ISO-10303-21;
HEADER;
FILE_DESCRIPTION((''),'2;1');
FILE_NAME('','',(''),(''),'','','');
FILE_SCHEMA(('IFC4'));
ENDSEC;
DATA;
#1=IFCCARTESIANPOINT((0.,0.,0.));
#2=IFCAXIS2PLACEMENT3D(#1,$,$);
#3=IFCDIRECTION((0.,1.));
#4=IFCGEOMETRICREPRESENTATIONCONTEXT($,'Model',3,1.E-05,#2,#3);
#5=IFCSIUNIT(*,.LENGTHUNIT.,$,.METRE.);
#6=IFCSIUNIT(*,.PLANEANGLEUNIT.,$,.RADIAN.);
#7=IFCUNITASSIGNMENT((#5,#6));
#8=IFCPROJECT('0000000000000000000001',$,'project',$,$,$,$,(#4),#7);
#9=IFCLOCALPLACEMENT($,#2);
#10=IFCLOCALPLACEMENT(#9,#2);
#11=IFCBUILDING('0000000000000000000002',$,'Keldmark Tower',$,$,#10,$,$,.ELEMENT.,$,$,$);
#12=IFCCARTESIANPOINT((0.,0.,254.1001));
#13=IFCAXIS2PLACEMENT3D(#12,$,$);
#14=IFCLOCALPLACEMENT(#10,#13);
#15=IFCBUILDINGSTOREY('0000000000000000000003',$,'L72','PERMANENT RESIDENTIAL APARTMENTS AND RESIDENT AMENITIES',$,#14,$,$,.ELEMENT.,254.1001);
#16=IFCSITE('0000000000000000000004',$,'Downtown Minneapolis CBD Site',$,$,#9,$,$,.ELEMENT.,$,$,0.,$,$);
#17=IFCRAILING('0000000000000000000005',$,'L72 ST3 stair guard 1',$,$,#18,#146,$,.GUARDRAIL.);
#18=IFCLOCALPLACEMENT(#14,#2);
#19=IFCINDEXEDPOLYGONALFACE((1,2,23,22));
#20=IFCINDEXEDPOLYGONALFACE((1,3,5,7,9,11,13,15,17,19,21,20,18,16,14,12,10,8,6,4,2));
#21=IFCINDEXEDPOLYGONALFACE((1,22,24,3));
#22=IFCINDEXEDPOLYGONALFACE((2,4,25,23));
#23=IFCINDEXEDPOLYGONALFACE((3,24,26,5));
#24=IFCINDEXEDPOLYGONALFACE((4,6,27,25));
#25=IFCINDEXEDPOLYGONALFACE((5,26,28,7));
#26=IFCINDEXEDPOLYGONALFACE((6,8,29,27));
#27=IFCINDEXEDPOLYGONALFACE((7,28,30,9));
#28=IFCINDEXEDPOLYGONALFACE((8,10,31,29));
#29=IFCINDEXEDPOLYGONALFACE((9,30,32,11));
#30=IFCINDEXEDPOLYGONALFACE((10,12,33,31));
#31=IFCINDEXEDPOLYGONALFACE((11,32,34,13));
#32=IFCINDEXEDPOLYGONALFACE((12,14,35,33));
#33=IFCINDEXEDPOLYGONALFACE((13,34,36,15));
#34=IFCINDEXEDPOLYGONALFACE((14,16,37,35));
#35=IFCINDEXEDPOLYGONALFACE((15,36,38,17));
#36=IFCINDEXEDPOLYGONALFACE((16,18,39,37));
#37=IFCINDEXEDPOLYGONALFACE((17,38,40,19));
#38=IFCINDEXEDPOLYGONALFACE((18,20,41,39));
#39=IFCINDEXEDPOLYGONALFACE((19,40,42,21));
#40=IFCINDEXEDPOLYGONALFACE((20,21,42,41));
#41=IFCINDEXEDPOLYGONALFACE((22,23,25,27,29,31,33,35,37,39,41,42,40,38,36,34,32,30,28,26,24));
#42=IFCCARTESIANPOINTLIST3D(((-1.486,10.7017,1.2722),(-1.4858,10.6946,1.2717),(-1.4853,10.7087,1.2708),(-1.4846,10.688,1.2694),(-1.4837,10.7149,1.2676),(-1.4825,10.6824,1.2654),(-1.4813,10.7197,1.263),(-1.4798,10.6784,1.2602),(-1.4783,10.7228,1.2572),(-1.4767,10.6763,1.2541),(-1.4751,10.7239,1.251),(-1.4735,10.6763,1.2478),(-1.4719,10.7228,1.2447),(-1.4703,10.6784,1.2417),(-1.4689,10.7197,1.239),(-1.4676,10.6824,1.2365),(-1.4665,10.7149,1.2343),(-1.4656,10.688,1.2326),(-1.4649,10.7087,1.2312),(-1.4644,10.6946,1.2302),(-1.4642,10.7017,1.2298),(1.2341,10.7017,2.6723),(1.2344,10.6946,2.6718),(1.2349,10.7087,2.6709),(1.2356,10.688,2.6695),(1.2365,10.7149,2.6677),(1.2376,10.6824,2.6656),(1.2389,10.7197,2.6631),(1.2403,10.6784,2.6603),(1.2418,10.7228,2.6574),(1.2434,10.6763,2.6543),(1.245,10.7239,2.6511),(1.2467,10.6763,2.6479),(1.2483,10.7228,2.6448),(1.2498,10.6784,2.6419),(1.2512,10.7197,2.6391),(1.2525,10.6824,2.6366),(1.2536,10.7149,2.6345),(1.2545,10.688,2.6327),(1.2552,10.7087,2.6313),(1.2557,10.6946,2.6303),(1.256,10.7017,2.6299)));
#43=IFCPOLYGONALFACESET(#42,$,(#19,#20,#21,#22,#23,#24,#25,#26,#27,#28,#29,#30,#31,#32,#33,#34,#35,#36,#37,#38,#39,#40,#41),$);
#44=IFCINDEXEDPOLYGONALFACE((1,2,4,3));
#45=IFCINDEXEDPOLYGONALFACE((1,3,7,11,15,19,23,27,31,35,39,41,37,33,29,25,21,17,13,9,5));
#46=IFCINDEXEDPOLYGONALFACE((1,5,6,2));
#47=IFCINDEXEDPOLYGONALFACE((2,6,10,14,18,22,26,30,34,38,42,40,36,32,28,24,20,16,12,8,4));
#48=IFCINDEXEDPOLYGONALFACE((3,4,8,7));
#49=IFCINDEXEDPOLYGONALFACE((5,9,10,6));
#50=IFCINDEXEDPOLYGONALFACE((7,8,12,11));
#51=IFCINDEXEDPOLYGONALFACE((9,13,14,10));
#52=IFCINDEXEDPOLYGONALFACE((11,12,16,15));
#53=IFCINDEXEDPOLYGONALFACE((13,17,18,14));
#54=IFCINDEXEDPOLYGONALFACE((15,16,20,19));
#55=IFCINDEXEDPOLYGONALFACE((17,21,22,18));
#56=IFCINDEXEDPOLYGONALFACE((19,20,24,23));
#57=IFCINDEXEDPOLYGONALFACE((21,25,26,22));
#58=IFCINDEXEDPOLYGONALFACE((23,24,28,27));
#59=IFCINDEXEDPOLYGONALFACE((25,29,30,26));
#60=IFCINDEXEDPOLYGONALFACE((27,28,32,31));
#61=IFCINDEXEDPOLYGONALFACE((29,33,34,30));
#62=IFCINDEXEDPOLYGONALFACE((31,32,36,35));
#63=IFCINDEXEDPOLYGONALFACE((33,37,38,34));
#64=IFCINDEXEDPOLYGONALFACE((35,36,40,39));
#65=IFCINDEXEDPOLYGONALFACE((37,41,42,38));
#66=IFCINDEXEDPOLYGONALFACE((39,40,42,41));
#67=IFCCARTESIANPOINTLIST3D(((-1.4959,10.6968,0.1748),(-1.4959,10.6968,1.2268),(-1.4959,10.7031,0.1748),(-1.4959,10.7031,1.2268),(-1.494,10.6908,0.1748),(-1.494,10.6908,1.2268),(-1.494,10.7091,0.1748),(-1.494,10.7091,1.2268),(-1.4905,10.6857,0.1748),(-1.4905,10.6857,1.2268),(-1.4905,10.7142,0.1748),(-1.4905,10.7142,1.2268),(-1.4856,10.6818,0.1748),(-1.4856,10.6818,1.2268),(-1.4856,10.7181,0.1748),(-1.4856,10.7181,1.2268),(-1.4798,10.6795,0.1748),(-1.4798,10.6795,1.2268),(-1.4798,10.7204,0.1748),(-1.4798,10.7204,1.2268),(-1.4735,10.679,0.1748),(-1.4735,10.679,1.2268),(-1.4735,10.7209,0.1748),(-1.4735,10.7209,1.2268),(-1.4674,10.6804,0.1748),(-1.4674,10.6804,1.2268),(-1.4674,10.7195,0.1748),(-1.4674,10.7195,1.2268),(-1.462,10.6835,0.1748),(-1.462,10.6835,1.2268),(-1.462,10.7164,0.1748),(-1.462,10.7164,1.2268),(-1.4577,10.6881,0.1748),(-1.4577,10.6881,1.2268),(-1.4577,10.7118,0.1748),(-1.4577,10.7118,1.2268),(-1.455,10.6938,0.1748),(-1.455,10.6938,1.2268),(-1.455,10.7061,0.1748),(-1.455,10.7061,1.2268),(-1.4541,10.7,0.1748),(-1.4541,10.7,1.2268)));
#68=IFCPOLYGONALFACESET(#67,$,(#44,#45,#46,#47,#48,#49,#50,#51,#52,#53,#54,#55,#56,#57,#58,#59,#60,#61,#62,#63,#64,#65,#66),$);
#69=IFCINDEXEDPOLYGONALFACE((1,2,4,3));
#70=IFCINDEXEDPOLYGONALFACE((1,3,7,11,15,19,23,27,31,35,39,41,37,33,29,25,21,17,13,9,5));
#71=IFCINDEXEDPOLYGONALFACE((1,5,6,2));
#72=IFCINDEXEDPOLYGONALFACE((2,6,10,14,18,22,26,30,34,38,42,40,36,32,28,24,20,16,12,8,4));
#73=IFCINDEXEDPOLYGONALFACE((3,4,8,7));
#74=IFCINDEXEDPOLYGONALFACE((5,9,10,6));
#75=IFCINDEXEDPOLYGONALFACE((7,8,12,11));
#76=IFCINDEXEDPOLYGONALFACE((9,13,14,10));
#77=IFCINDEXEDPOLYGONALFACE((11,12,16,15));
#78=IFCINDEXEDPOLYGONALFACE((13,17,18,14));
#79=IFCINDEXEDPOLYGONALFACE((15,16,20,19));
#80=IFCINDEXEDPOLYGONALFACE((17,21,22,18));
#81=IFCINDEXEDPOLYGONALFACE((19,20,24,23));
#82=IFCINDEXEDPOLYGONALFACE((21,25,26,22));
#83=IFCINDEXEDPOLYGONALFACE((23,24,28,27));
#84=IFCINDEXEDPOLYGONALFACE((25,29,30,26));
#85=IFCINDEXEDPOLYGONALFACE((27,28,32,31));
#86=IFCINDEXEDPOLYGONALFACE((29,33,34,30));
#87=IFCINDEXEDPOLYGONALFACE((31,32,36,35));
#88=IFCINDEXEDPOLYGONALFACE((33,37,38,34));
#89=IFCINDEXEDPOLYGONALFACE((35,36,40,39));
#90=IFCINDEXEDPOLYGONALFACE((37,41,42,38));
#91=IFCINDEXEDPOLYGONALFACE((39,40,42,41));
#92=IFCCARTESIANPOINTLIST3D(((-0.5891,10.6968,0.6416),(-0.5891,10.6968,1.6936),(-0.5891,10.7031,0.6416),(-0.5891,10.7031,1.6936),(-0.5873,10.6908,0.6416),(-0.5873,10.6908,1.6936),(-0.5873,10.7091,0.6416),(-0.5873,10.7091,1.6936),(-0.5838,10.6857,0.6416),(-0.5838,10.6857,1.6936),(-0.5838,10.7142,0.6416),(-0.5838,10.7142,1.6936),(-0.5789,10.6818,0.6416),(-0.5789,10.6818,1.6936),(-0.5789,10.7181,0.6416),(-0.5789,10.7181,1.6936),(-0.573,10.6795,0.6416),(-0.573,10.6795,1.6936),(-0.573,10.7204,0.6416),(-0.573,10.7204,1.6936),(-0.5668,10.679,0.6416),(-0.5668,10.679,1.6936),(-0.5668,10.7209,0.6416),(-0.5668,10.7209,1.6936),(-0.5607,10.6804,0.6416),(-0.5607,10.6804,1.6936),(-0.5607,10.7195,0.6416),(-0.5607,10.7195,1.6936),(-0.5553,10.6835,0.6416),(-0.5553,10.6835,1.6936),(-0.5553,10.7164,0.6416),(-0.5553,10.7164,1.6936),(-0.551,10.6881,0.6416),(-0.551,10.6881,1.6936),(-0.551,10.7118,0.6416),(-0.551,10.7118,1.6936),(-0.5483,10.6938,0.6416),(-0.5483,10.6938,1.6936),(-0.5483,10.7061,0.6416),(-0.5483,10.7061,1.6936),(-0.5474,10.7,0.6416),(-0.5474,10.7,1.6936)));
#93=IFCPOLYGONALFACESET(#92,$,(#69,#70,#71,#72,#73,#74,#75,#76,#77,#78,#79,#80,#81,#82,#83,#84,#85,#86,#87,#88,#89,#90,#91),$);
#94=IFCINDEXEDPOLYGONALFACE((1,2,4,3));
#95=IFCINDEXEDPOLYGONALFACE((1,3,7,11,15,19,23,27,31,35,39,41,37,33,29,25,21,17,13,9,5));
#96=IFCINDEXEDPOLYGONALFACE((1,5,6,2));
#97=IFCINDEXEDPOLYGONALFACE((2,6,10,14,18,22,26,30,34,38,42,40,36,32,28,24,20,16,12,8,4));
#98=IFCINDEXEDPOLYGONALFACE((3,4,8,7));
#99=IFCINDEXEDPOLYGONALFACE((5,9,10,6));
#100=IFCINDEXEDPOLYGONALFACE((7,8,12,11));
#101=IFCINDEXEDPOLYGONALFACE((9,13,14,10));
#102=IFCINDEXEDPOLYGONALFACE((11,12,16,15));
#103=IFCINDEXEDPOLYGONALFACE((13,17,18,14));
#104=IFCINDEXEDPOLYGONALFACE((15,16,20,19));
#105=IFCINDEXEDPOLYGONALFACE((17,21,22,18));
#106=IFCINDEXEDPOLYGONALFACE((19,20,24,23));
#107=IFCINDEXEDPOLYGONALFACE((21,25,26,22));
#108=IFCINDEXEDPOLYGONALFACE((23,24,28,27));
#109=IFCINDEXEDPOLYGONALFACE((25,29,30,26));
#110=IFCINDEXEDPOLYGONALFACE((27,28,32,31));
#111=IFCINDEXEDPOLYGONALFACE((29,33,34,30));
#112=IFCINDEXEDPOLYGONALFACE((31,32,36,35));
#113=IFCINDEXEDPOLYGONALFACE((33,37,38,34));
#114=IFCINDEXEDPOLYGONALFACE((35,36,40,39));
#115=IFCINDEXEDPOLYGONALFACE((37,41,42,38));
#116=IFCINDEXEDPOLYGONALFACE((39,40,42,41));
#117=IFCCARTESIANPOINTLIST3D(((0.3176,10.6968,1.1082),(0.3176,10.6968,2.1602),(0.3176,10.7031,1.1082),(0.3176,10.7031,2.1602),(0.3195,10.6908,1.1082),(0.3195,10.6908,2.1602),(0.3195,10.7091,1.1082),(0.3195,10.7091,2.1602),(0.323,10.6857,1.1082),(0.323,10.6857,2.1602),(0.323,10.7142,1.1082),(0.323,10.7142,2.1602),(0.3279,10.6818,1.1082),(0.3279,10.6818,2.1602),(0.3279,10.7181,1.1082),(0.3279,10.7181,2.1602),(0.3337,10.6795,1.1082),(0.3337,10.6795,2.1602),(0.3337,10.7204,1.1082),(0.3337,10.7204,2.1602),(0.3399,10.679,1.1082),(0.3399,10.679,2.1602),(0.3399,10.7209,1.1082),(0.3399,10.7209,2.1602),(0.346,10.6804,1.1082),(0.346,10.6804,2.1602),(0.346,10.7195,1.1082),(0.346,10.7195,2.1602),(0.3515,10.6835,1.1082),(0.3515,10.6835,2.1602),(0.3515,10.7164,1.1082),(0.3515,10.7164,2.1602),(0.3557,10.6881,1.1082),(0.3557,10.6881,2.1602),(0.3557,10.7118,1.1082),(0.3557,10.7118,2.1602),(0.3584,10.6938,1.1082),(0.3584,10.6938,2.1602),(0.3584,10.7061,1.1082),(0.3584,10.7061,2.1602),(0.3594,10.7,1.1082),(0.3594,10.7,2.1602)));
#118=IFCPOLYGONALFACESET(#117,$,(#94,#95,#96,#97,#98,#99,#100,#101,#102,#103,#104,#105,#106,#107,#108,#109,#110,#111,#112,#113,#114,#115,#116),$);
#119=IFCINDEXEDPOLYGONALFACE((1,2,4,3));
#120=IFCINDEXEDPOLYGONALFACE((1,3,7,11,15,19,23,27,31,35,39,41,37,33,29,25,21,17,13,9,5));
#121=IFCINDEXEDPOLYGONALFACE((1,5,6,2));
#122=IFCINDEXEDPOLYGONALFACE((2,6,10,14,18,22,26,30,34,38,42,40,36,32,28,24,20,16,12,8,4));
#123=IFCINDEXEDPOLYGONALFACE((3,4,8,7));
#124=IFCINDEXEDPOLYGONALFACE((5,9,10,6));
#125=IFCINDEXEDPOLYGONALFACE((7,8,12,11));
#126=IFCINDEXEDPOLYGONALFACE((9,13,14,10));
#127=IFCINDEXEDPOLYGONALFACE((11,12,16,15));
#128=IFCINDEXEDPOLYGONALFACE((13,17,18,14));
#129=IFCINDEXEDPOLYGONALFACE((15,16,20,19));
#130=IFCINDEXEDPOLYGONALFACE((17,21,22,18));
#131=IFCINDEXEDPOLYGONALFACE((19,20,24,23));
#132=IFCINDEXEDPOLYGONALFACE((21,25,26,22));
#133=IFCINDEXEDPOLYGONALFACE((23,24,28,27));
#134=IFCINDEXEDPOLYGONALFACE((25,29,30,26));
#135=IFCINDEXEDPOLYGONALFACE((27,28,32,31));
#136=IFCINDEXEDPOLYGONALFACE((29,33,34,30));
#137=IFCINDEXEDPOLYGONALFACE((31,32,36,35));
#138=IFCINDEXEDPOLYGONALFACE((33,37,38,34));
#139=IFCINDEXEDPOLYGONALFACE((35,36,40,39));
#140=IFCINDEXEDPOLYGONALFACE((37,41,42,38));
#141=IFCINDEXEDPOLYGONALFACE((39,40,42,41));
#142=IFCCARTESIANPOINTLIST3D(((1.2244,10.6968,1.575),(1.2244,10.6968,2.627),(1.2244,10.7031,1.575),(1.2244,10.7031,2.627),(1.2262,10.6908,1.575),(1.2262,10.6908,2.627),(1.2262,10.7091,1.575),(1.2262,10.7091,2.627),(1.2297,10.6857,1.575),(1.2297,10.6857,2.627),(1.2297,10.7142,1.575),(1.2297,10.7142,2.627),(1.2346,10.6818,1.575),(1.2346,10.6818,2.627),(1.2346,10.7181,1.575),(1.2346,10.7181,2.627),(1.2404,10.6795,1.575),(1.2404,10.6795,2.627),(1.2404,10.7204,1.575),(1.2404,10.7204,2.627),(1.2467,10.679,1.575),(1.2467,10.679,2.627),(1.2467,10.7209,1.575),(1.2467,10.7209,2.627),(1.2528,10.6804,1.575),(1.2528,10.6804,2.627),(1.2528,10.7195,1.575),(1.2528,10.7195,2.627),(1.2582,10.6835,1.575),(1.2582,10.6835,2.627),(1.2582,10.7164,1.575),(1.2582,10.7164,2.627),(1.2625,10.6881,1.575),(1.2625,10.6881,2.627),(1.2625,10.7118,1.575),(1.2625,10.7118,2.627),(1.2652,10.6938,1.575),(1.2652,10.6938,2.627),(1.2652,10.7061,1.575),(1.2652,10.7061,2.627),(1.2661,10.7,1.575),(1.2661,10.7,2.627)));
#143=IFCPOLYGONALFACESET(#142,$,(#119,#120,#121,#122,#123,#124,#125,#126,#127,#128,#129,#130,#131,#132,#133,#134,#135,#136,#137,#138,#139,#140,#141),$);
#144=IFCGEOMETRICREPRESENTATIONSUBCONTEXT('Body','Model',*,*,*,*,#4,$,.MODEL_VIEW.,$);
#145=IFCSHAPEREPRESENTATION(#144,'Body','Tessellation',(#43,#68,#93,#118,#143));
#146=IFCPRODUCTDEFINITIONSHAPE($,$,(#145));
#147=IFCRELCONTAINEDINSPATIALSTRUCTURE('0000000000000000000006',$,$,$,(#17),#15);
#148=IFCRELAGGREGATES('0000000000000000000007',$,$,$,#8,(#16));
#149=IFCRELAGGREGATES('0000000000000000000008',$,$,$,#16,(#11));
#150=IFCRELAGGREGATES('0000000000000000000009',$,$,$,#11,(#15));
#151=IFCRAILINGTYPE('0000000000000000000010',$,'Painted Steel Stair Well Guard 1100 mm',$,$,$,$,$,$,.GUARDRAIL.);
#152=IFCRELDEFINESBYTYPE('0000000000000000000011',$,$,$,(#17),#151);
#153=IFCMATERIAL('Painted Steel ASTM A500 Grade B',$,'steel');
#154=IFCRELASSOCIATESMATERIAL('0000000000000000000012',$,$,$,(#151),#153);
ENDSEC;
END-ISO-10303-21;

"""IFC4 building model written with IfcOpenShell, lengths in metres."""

from ifc_helpers import new_model, si_unit, direction, frame, origin, origin_2d, place, context, subcontext, project, spatial, circle, extrude, material, type_object, element, save


model = new_model("IFC4")

# Units and contexts
model_context = context("Model", 3, precision=1e-05, world=origin(), true_north=direction((0.0, 1.0)))
body_context = subcontext(model_context, "Body", "Model", "MODEL_VIEW")
ifc_project = project(units=[si_unit("LENGTHUNIT", "METRE"), si_unit("PLANEANGLEUNIT", "RADIAN")], contexts=[model_context])

# Site, building, storey
site_placement = place(None, origin())
site = spatial("IfcSite", under=ifc_project, at=site_placement, Name="Downtown Minneapolis CBD Site", CompositionType="ELEMENT", RefElevation=0.0)
building_placement = place(site_placement, origin())
building = spatial("IfcBuilding", under=site, at=building_placement, Name="Keldmark Tower", CompositionType="ELEMENT")
storey_placement = place(building_placement, frame((0.0, 0.0, 254.1001)))
storey = spatial("IfcBuildingStorey", under=building, at=storey_placement, Name="L72", Description="PERMANENT RESIDENTIAL APARTMENTS AND RESIDENT AMENITIES", CompositionType="ELEMENT", Elevation=254.1001)

# Railing
ifc_material_1 = material(Name="Painted Steel ASTM A500 Grade B", Category="steel")
railing_type_1 = type_object("IfcRailingType", Name="Painted Steel Stair Well Guard 1100 mm", PredefinedType="GUARDRAIL", material=ifc_material_1)
railing_1_placement = place(storey_placement, frame((-1.4751, 10.7, 0.1748)))
element("IfcRailing", 1, at=railing_1_placement, inside=storey, type_object=railing_type_1, Name="L72 ST3 stair guard 1", PredefinedType="GUARDRAIL", context=body_context, shape_type="SweptSolid", body=[
    extrude(circle(Radius=0.0239, at=origin_2d()), frame((0.0, 0.0, 1.0762), z_axis=(0.889131, 0.0, 0.457653), x_axis=(0.0, 1.0, 0.0)), (0.0, 0.0, 1.0), 3.0593),
    extrude(circle(Radius=0.021, at=origin_2d()), origin(), (0.0, 0.0, 1.0), 1.052),
    extrude(circle(Radius=0.021, at=origin_2d()), frame((0.9067, 0.0, 0.4668)), (0.0, 0.0, 1.0), 1.052),
    extrude(circle(Radius=0.021, at=origin_2d()), frame((1.8135, 0.0, 0.9333)), (0.0, 0.0, 1.0), 1.052),
    extrude(circle(Radius=0.021, at=origin_2d()), frame((2.7202, 0.0, 1.4001)), (0.0, 0.0, 1.0), 1.052),
])

save(model, "model.ifc")
